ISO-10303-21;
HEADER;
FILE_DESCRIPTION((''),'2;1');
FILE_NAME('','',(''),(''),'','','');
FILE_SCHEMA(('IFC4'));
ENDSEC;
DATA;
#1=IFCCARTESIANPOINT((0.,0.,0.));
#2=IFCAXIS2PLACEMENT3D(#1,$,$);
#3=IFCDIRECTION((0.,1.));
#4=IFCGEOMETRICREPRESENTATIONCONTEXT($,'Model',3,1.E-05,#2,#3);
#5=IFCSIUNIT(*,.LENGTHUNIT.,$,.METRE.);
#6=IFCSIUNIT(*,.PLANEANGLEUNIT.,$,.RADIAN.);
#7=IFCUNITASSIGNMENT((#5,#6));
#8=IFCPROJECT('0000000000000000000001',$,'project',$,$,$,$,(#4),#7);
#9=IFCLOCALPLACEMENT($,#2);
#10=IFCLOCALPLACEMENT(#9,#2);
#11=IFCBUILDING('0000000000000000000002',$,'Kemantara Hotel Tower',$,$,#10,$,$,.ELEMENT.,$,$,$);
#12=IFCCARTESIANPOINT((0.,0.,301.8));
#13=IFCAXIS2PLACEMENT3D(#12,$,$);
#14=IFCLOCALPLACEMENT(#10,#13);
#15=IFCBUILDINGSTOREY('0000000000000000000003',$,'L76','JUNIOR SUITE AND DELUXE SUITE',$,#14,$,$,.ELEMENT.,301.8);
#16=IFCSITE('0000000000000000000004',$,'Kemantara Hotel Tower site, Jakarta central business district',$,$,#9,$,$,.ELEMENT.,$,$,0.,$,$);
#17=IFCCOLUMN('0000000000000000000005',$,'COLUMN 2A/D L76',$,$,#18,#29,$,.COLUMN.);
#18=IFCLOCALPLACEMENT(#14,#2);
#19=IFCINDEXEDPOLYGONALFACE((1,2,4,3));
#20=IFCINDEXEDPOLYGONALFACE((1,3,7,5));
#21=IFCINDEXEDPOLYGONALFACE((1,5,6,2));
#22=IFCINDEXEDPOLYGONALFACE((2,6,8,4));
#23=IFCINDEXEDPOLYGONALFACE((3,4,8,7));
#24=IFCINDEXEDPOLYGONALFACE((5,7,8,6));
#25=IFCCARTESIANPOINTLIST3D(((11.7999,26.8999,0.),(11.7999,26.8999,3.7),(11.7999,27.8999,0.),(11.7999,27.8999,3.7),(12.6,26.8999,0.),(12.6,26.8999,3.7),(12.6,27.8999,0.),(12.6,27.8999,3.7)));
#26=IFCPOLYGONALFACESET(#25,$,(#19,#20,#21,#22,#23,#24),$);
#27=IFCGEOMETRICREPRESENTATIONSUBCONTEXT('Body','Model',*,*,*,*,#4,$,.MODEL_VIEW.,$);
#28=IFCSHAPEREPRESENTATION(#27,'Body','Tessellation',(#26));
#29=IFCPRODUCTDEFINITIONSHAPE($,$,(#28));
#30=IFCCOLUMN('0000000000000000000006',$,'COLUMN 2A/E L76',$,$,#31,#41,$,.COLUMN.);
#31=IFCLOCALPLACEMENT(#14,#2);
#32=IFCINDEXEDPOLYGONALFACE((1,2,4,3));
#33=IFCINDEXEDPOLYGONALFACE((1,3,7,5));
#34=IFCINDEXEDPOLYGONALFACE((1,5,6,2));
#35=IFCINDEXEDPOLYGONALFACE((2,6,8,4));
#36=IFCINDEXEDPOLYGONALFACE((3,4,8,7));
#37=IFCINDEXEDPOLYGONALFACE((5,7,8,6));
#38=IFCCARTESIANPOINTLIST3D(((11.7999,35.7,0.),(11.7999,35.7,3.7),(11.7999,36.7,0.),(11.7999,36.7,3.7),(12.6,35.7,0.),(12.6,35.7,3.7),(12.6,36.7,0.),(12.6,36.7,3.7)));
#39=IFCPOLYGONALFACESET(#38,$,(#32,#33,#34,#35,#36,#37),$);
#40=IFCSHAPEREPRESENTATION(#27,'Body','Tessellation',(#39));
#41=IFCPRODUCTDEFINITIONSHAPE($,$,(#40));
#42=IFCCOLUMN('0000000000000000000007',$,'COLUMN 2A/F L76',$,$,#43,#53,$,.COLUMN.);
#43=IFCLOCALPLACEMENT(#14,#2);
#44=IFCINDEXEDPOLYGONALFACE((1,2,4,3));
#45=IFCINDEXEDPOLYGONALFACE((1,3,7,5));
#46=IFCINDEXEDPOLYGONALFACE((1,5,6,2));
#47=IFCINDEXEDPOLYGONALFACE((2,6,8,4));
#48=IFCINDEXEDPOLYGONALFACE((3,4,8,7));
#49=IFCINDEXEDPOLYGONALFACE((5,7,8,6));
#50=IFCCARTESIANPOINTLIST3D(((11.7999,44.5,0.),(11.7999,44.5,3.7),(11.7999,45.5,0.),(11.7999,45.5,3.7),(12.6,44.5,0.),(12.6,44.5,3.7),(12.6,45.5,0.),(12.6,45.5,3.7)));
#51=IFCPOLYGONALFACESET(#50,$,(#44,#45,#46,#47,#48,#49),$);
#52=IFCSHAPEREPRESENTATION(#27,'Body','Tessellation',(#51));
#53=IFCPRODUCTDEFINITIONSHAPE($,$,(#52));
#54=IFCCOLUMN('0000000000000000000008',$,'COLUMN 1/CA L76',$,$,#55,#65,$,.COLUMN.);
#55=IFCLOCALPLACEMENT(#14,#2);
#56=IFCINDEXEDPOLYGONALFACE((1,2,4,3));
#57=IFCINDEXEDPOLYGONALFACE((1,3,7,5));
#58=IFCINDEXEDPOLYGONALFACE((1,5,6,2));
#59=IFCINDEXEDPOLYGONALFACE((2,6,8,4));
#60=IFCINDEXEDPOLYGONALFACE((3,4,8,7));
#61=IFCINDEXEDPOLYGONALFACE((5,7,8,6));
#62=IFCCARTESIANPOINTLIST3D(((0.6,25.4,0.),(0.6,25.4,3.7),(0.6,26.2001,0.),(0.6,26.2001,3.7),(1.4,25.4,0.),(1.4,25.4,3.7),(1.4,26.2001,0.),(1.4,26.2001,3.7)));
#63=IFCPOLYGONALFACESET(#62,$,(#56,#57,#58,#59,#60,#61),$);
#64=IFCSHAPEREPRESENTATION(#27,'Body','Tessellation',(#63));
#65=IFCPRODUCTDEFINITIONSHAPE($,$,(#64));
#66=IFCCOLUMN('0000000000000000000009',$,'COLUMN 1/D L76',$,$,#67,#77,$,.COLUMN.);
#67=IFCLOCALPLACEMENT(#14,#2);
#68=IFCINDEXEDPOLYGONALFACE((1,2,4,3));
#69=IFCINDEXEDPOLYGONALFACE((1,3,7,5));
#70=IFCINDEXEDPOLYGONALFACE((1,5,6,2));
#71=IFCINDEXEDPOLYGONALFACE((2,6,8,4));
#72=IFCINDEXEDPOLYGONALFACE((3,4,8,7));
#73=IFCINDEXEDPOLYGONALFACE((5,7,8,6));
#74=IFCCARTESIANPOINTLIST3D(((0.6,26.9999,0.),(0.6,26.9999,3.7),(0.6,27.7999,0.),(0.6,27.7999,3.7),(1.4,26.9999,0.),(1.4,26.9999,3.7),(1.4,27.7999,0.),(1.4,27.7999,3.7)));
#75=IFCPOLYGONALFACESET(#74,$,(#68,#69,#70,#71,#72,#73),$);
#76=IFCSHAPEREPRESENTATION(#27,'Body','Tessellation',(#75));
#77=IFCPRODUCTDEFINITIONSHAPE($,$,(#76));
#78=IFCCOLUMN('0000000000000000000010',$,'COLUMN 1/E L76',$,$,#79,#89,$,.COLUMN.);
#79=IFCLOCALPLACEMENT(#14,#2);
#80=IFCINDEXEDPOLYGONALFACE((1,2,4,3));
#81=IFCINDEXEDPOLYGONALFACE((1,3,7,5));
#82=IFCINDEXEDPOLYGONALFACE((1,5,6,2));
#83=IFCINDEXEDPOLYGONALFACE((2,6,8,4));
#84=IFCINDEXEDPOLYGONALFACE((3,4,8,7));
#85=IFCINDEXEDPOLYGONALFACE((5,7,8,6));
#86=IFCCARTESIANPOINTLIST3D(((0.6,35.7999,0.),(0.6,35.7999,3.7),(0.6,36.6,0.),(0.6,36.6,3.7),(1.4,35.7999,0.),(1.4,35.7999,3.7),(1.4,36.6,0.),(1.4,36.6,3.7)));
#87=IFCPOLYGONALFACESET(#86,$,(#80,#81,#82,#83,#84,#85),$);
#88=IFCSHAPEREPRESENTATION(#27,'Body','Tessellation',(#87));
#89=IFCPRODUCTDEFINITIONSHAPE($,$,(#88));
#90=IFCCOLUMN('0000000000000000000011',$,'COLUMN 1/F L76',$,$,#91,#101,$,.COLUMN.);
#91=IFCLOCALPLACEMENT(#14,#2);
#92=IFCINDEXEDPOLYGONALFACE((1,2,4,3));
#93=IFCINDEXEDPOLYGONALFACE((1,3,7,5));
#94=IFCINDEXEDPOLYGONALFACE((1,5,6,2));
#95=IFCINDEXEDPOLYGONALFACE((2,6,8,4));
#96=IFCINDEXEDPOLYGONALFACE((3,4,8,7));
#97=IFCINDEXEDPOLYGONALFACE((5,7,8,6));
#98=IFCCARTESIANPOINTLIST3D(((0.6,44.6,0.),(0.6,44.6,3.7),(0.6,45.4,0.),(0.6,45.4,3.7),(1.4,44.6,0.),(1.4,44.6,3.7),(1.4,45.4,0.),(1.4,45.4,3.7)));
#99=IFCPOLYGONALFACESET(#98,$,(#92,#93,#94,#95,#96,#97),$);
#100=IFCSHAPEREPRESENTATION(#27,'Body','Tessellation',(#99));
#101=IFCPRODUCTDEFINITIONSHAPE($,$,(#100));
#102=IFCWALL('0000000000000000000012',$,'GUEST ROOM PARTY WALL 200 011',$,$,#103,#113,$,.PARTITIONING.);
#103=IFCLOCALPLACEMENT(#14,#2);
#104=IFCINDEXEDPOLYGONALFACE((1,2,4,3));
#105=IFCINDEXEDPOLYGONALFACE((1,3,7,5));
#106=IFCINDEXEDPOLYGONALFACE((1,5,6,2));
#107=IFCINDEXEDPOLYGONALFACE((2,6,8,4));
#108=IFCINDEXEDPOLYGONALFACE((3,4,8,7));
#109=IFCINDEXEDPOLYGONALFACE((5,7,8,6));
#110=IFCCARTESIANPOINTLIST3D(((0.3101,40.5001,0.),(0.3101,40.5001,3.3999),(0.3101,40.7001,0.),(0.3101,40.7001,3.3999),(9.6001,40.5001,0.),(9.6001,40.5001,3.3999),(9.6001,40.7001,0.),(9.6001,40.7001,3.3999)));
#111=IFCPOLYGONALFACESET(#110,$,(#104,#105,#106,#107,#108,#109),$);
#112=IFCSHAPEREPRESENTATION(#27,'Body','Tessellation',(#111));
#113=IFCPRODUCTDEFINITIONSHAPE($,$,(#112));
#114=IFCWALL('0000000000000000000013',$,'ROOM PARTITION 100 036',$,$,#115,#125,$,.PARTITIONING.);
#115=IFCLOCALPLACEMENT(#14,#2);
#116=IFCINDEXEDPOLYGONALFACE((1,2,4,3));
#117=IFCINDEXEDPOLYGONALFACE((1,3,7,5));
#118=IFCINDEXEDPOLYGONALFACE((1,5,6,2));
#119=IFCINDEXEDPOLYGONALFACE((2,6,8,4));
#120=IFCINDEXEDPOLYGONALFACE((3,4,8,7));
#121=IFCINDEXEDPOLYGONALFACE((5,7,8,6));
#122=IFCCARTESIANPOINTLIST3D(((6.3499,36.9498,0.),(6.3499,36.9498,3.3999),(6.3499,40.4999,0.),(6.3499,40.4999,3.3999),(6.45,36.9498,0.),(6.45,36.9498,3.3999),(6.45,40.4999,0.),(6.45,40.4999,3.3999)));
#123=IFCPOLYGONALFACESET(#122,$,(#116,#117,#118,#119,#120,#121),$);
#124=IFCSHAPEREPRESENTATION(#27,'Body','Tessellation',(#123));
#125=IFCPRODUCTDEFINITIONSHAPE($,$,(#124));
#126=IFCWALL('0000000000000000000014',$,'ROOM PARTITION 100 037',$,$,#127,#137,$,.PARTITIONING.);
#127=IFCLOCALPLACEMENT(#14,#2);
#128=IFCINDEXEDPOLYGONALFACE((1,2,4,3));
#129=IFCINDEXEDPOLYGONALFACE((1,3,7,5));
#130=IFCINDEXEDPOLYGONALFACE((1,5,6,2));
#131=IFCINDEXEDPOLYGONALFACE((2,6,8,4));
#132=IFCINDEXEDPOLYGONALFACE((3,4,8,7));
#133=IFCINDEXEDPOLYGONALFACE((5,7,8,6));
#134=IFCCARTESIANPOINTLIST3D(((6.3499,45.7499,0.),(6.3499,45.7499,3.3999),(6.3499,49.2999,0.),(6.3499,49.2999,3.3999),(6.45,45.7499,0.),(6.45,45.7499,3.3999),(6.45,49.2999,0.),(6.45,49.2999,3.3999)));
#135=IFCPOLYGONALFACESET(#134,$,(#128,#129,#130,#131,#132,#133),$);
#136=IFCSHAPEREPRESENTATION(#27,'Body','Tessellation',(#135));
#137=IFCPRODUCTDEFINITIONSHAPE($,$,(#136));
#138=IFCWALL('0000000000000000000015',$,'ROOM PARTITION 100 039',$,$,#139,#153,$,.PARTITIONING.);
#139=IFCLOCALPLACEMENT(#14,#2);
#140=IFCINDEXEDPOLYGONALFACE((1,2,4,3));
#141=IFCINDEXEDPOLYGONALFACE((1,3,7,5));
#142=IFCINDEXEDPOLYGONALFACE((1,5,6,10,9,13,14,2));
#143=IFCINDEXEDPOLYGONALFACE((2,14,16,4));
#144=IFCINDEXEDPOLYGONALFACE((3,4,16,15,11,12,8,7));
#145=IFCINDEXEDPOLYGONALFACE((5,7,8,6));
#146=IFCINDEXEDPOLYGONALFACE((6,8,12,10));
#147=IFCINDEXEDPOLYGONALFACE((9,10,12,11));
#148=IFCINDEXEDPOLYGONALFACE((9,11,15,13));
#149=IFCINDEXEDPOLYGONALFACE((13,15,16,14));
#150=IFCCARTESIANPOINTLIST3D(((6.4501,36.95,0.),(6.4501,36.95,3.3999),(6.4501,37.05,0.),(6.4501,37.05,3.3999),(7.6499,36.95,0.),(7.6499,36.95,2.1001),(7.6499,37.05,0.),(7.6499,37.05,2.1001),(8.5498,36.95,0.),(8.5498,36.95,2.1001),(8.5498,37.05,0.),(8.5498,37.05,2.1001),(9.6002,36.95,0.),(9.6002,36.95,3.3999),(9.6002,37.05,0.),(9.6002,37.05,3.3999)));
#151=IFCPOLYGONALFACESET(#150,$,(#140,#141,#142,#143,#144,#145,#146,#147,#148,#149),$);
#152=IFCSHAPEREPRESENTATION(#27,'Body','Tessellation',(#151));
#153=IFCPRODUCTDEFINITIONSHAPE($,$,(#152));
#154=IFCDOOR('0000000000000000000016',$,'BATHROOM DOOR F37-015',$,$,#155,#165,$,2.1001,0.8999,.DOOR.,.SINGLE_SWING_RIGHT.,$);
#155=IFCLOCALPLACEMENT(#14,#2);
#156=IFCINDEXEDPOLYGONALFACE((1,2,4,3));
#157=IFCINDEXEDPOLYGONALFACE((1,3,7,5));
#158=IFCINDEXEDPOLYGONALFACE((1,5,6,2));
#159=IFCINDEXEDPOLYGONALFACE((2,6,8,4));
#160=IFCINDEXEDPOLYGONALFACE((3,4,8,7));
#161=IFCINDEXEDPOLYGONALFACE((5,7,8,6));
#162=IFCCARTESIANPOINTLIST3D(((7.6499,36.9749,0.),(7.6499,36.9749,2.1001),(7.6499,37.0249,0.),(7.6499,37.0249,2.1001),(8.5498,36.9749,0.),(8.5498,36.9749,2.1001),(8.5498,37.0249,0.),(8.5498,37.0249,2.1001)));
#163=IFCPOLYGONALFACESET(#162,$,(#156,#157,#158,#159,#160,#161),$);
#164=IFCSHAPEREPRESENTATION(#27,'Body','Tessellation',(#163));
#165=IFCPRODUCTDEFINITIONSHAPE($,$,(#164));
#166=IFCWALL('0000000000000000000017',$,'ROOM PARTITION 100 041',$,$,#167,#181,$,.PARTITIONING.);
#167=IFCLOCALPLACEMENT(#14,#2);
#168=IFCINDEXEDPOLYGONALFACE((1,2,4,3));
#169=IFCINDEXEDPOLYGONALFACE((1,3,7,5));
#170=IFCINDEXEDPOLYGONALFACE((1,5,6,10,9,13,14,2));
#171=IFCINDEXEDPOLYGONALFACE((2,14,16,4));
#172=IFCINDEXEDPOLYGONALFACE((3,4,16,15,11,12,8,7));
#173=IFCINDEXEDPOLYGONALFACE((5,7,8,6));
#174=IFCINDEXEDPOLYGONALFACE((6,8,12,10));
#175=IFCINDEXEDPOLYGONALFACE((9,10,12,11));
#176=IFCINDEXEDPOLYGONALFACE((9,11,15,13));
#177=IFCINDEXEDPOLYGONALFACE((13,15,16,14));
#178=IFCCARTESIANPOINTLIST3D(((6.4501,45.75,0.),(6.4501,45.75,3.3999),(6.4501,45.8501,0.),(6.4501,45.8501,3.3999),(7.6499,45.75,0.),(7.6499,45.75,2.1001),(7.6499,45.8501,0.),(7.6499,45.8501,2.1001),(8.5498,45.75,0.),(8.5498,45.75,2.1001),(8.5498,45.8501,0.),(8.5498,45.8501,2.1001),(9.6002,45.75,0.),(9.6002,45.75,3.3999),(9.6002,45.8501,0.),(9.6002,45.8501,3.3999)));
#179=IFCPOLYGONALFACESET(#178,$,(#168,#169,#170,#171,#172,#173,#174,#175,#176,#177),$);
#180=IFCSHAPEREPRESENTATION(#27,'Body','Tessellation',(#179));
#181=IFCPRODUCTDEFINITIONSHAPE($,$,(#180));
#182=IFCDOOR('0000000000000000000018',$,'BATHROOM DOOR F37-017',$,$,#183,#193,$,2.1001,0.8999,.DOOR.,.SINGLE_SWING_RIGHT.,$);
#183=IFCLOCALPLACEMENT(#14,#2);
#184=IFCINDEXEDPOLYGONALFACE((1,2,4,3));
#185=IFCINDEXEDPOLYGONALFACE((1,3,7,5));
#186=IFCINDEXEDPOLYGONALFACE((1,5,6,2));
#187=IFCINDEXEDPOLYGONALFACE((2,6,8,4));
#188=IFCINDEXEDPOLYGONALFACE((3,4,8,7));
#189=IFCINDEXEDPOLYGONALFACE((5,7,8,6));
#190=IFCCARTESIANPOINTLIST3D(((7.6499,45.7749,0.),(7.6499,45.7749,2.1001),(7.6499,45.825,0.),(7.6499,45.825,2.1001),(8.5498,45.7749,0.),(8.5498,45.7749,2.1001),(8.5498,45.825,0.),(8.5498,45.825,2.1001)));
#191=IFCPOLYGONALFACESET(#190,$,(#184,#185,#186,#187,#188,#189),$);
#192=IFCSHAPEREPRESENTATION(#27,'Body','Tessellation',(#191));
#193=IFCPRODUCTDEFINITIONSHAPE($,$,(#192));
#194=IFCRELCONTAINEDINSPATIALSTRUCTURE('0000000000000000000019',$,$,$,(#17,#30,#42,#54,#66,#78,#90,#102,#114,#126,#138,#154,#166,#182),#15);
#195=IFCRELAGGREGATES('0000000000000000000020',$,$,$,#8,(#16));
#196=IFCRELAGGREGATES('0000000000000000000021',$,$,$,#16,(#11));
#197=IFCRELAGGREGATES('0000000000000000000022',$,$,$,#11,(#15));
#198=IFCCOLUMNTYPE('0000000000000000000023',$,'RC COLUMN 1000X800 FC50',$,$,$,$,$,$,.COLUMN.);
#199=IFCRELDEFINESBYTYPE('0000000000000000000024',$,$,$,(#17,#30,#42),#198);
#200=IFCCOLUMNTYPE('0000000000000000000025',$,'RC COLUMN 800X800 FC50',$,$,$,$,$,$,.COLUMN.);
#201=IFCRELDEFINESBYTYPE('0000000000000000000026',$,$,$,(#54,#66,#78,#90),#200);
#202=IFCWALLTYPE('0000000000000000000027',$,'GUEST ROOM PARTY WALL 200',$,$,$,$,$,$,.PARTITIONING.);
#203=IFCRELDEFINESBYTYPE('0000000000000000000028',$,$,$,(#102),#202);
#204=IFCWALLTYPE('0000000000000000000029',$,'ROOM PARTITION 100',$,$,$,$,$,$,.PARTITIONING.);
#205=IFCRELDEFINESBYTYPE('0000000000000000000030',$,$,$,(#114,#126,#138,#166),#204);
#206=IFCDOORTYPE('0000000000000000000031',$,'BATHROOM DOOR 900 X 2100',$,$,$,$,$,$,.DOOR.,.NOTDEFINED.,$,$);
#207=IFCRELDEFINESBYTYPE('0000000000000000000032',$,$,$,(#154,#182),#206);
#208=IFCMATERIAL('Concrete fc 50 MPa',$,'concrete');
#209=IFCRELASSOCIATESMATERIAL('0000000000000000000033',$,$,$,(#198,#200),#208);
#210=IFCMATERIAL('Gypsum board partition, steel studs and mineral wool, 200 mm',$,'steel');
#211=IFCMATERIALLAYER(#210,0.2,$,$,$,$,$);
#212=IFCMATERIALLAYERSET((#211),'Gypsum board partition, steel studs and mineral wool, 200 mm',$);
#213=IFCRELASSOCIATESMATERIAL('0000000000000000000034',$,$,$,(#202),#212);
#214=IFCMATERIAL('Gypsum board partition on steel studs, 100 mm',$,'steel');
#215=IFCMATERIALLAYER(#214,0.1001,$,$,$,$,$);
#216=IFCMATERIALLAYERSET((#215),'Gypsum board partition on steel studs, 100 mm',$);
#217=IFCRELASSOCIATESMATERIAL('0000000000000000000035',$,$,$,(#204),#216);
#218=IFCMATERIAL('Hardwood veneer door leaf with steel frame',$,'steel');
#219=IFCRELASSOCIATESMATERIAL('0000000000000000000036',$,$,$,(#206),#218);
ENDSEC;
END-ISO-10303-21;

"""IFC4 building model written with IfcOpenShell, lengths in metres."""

from ifc_helpers import new_model, si_unit, direction, frame, frame_2d, origin, origin_2d, place, context, subcontext, project, spatial, rectangle, extrude, material, layer, layer_set, material_profile, profile_set, type_object, element, fill, save


model = new_model("IFC4")

# Units and contexts
model_context = context("Model", 3, precision=1e-05, world=origin(), true_north=direction((0.0, 1.0)))
body_context = subcontext(model_context, "Body", "Model", "MODEL_VIEW")
ifc_project = project(units=[si_unit("LENGTHUNIT", "METRE"), si_unit("PLANEANGLEUNIT", "RADIAN")], contexts=[model_context])

# Site, building, storey
site_placement = place(None, origin())
site = spatial("IfcSite", under=ifc_project, at=site_placement, Name="Kemantara Hotel Tower site, Jakarta central business district", CompositionType="ELEMENT", RefElevation=0.0)
building_placement = place(site_placement, origin())
building = spatial("IfcBuilding", under=site, at=building_placement, Name="Kemantara Hotel Tower", CompositionType="ELEMENT")
storey_placement = place(building_placement, frame((0.0, 0.0, 301.8)))
storey = spatial("IfcBuildingStorey", under=building, at=storey_placement, Name="L76", Description="JUNIOR SUITE AND DELUXE SUITE", CompositionType="ELEMENT", Elevation=301.8)

# Columns
ifc_material_1 = material(Name="Concrete fc 50 MPa", Category="concrete")
ifc_material_profile_1 = material_profile(ifc_material_1, rectangle(XDim=1.0, YDim=0.8, at=origin_2d()), Name="RC 1000X800")
ifc_profile_set_1 = profile_set([ifc_material_profile_1], Name="Concrete fc 50 MPa")
column_type_1 = type_object("IfcColumnType", Name="RC COLUMN 1000X800 FC50", PredefinedType="COLUMN", material=ifc_profile_set_1)
for number, where, z_axis, x_axis, name in (
    (1, (12.2, 27.3999, 0.0), (0.0, 0.0, 1.0), (0.0, 1.0, 0.0), "COLUMN 2A/D L76"),
    (2, (12.2, 36.2, 0.0), (0.0, 0.0, 1.0), (0.0, 1.0, 0.0), "COLUMN 2A/E L76"),
    (3, (12.2, 45.0, 0.0), (0.0, 0.0, 1.0), (0.0, 1.0, 0.0), "COLUMN 2A/F L76"),
):
    element("IfcColumn", number, at=place(storey_placement, frame(where, z_axis=z_axis, x_axis=x_axis)), inside=storey, type_object=column_type_1, Name=name, PredefinedType="COLUMN", context=body_context, shape_type="SweptSolid", body=[
        extrude(rectangle(XDim=1.0, YDim=0.8, at=origin_2d()), origin(), (0.0, 0.0, 1.0), 3.7),
    ])
ifc_material_profile_2 = material_profile(ifc_material_1, rectangle(XDim=0.8, YDim=0.8, at=origin_2d()), Name="RC 800X800")
ifc_profile_set_2 = profile_set([ifc_material_profile_2], Name="Concrete fc 50 MPa")
column_type_2 = type_object("IfcColumnType", Name="RC COLUMN 800X800 FC50", PredefinedType="COLUMN", material=ifc_profile_set_2)
for number, where, z_axis, x_axis, name in (
    (4, (1.0, 25.8, 0.0), (0.0, 0.0, 1.0), (1.0, 0.0, 0.0), "COLUMN 1/CA L76"),
    (5, (1.0, 27.3999, 0.0), (0.0, 0.0, 1.0), (1.0, 0.0, 0.0), "COLUMN 1/D L76"),
    (6, (1.0, 36.2, 0.0), (0.0, 0.0, 1.0), (1.0, 0.0, 0.0), "COLUMN 1/E L76"),
    (7, (1.0, 45.0, 0.0), (0.0, 0.0, 1.0), (1.0, 0.0, 0.0), "COLUMN 1/F L76"),
):
    element("IfcColumn", number, at=place(storey_placement, frame(where, z_axis=z_axis, x_axis=x_axis)), inside=storey, type_object=column_type_2, Name=name, PredefinedType="COLUMN", context=body_context, shape_type="SweptSolid", body=[
        extrude(rectangle(XDim=0.8, YDim=0.8, at=origin_2d()), origin(), (0.0, 0.0, 1.0), 3.7),
    ])

# Walls
ifc_material_2 = material(Name="Gypsum board partition, steel studs and mineral wool, 200 mm", Category="steel")
ifc_layer_1 = layer(ifc_material_2, 0.2)
ifc_layer_set_1 = layer_set([ifc_layer_1], Name="Gypsum board partition, steel studs and mineral wool, 200 mm")
wall_type_1 = type_object("IfcWallType", Name="GUEST ROOM PARTY WALL 200", PredefinedType="PARTITIONING", material=ifc_layer_set_1)
wall_1_placement = place(storey_placement, frame((0.3101, 40.6001, 0.0), z_axis=(0.0, 0.0, 1.0), x_axis=(1.0, 0.0, 0.0)))
element("IfcWall", 8, at=wall_1_placement, inside=storey, type_object=wall_type_1, Name="GUEST ROOM PARTY WALL 200 011", PredefinedType="PARTITIONING", context=body_context, shape_type="SweptSolid", body=[
    extrude(rectangle(XDim=9.29, YDim=0.2, at=frame_2d((4.645, 0.0))), origin(), (0.0, 0.0, 1.0), 3.3999),
])
ifc_material_3 = material(Name="Gypsum board partition on steel studs, 100 mm", Category="steel")
ifc_layer_2 = layer(ifc_material_3, 0.1001)
ifc_layer_set_2 = layer_set([ifc_layer_2], Name="Gypsum board partition on steel studs, 100 mm")
wall_type_2 = type_object("IfcWallType", Name="ROOM PARTITION 100", PredefinedType="PARTITIONING", material=ifc_layer_set_2)
for number, where, z_axis, x_axis, name in (
    (9, (6.3999, 36.95, 0.0), (0.0, 0.0, 1.0), (0.0, 1.0, 0.0), "ROOM PARTITION 100 036"),
    (10, (6.3999, 45.75, 0.0), (0.0, 0.0, 1.0), (0.0, 1.0, 0.0), "ROOM PARTITION 100 037"),
):
    element("IfcWall", number, at=place(storey_placement, frame(where, z_axis=z_axis, x_axis=x_axis)), inside=storey, type_object=wall_type_2, Name=name, PredefinedType="PARTITIONING", context=body_context, shape_type="SweptSolid", body=[
        extrude(rectangle(XDim=3.55, YDim=0.1001, at=frame_2d((1.7749, 0.0))), origin(), (0.0, 0.0, 1.0), 3.3999),
    ])

# Walls, openings, doors
wall_2_placement = place(storey_placement, frame((6.45, 37.0, 0.0), z_axis=(0.0, 0.0, 1.0), x_axis=(1.0, 0.0, 0.0)))
wall_2 = element("IfcWall", 11, at=wall_2_placement, inside=storey, type_object=wall_type_2, Name="ROOM PARTITION 100 039", PredefinedType="PARTITIONING", context=body_context, shape_type="SweptSolid", body=[
    extrude(rectangle(XDim=3.1501, YDim=0.1001, at=frame_2d((1.5752, 0.0))), origin(), (0.0, 0.0, 1.0), 3.3999),
])
opening_1_placement = place(wall_2_placement, frame((1.2, 0.0, 0.0)))
opening_1 = element("IfcOpeningElement", 12, at=opening_1_placement, cuts=wall_2, PredefinedType="OPENING", context=body_context, shape_type="SweptSolid", body=[
    extrude(rectangle(XDim=0.8999, YDim=2.1001, at=frame_2d((0.45, 1.05))), frame((0.0, 0.0601, 0.0), z_axis=(0.0, -1.0, 0.0), x_axis=(1.0, 0.0, 0.0)), (0.0, 0.0, 1.0), 0.1201),
])
ifc_material_4 = material(Name="Hardwood veneer door leaf with steel frame", Category="steel")
door_type = type_object("IfcDoorType", Name="BATHROOM DOOR 900 X 2100", OperationType="NOTDEFINED", PredefinedType="DOOR", material=ifc_material_4)
door_1_placement = place(opening_1_placement, origin())
door_1 = element("IfcDoor", 13, at=door_1_placement, inside=storey, type_object=door_type, Name="BATHROOM DOOR F37-015", OperationType="SINGLE_SWING_RIGHT", OverallHeight=2.1001, OverallWidth=0.8999, PredefinedType="DOOR", context=body_context, shape_type="SweptSolid", body=[
    extrude(rectangle(XDim=0.8999, YDim=2.1001, at=frame_2d((0.45, 1.05))), frame((0.0, 0.0249, 0.0), z_axis=(0.0, -1.0, 0.0), x_axis=(1.0, 0.0, 0.0)), (0.0, 0.0, 1.0), 0.05),
])
fill(opening_1, door_1)
wall_3_placement = place(storey_placement, frame((6.45, 45.8, 0.0), z_axis=(0.0, 0.0, 1.0), x_axis=(1.0, 0.0, 0.0)))
wall_3 = element("IfcWall", 14, at=wall_3_placement, inside=storey, type_object=wall_type_2, Name="ROOM PARTITION 100 041", PredefinedType="PARTITIONING", context=body_context, shape_type="SweptSolid", body=[
    extrude(rectangle(XDim=3.1501, YDim=0.1001, at=frame_2d((1.5752, 0.0))), origin(), (0.0, 0.0, 1.0), 3.3999),
])
opening_2_placement = place(wall_3_placement, frame((1.2, 0.0, 0.0)))
opening_2 = element("IfcOpeningElement", 15, at=opening_2_placement, cuts=wall_3, PredefinedType="OPENING", context=body_context, shape_type="SweptSolid", body=[
    extrude(rectangle(XDim=0.8999, YDim=2.1001, at=frame_2d((0.45, 1.05))), frame((0.0, 0.0601, 0.0), z_axis=(0.0, -1.0, 0.0), x_axis=(1.0, 0.0, 0.0)), (0.0, 0.0, 1.0), 0.1201),
])
door_2_placement = place(opening_2_placement, origin())
door_2 = element("IfcDoor", 16, at=door_2_placement, inside=storey, type_object=door_type, Name="BATHROOM DOOR F37-017", OperationType="SINGLE_SWING_RIGHT", OverallHeight=2.1001, OverallWidth=0.8999, PredefinedType="DOOR", context=body_context, shape_type="SweptSolid", body=[
    extrude(rectangle(XDim=0.8999, YDim=2.1001, at=frame_2d((0.45, 1.05))), frame((0.0, 0.0249, 0.0), z_axis=(0.0, -1.0, 0.0), x_axis=(1.0, 0.0, 0.0)), (0.0, 0.0, 1.0), 0.05),
])
fill(opening_2, door_2)

save(model, "model.ifc")
